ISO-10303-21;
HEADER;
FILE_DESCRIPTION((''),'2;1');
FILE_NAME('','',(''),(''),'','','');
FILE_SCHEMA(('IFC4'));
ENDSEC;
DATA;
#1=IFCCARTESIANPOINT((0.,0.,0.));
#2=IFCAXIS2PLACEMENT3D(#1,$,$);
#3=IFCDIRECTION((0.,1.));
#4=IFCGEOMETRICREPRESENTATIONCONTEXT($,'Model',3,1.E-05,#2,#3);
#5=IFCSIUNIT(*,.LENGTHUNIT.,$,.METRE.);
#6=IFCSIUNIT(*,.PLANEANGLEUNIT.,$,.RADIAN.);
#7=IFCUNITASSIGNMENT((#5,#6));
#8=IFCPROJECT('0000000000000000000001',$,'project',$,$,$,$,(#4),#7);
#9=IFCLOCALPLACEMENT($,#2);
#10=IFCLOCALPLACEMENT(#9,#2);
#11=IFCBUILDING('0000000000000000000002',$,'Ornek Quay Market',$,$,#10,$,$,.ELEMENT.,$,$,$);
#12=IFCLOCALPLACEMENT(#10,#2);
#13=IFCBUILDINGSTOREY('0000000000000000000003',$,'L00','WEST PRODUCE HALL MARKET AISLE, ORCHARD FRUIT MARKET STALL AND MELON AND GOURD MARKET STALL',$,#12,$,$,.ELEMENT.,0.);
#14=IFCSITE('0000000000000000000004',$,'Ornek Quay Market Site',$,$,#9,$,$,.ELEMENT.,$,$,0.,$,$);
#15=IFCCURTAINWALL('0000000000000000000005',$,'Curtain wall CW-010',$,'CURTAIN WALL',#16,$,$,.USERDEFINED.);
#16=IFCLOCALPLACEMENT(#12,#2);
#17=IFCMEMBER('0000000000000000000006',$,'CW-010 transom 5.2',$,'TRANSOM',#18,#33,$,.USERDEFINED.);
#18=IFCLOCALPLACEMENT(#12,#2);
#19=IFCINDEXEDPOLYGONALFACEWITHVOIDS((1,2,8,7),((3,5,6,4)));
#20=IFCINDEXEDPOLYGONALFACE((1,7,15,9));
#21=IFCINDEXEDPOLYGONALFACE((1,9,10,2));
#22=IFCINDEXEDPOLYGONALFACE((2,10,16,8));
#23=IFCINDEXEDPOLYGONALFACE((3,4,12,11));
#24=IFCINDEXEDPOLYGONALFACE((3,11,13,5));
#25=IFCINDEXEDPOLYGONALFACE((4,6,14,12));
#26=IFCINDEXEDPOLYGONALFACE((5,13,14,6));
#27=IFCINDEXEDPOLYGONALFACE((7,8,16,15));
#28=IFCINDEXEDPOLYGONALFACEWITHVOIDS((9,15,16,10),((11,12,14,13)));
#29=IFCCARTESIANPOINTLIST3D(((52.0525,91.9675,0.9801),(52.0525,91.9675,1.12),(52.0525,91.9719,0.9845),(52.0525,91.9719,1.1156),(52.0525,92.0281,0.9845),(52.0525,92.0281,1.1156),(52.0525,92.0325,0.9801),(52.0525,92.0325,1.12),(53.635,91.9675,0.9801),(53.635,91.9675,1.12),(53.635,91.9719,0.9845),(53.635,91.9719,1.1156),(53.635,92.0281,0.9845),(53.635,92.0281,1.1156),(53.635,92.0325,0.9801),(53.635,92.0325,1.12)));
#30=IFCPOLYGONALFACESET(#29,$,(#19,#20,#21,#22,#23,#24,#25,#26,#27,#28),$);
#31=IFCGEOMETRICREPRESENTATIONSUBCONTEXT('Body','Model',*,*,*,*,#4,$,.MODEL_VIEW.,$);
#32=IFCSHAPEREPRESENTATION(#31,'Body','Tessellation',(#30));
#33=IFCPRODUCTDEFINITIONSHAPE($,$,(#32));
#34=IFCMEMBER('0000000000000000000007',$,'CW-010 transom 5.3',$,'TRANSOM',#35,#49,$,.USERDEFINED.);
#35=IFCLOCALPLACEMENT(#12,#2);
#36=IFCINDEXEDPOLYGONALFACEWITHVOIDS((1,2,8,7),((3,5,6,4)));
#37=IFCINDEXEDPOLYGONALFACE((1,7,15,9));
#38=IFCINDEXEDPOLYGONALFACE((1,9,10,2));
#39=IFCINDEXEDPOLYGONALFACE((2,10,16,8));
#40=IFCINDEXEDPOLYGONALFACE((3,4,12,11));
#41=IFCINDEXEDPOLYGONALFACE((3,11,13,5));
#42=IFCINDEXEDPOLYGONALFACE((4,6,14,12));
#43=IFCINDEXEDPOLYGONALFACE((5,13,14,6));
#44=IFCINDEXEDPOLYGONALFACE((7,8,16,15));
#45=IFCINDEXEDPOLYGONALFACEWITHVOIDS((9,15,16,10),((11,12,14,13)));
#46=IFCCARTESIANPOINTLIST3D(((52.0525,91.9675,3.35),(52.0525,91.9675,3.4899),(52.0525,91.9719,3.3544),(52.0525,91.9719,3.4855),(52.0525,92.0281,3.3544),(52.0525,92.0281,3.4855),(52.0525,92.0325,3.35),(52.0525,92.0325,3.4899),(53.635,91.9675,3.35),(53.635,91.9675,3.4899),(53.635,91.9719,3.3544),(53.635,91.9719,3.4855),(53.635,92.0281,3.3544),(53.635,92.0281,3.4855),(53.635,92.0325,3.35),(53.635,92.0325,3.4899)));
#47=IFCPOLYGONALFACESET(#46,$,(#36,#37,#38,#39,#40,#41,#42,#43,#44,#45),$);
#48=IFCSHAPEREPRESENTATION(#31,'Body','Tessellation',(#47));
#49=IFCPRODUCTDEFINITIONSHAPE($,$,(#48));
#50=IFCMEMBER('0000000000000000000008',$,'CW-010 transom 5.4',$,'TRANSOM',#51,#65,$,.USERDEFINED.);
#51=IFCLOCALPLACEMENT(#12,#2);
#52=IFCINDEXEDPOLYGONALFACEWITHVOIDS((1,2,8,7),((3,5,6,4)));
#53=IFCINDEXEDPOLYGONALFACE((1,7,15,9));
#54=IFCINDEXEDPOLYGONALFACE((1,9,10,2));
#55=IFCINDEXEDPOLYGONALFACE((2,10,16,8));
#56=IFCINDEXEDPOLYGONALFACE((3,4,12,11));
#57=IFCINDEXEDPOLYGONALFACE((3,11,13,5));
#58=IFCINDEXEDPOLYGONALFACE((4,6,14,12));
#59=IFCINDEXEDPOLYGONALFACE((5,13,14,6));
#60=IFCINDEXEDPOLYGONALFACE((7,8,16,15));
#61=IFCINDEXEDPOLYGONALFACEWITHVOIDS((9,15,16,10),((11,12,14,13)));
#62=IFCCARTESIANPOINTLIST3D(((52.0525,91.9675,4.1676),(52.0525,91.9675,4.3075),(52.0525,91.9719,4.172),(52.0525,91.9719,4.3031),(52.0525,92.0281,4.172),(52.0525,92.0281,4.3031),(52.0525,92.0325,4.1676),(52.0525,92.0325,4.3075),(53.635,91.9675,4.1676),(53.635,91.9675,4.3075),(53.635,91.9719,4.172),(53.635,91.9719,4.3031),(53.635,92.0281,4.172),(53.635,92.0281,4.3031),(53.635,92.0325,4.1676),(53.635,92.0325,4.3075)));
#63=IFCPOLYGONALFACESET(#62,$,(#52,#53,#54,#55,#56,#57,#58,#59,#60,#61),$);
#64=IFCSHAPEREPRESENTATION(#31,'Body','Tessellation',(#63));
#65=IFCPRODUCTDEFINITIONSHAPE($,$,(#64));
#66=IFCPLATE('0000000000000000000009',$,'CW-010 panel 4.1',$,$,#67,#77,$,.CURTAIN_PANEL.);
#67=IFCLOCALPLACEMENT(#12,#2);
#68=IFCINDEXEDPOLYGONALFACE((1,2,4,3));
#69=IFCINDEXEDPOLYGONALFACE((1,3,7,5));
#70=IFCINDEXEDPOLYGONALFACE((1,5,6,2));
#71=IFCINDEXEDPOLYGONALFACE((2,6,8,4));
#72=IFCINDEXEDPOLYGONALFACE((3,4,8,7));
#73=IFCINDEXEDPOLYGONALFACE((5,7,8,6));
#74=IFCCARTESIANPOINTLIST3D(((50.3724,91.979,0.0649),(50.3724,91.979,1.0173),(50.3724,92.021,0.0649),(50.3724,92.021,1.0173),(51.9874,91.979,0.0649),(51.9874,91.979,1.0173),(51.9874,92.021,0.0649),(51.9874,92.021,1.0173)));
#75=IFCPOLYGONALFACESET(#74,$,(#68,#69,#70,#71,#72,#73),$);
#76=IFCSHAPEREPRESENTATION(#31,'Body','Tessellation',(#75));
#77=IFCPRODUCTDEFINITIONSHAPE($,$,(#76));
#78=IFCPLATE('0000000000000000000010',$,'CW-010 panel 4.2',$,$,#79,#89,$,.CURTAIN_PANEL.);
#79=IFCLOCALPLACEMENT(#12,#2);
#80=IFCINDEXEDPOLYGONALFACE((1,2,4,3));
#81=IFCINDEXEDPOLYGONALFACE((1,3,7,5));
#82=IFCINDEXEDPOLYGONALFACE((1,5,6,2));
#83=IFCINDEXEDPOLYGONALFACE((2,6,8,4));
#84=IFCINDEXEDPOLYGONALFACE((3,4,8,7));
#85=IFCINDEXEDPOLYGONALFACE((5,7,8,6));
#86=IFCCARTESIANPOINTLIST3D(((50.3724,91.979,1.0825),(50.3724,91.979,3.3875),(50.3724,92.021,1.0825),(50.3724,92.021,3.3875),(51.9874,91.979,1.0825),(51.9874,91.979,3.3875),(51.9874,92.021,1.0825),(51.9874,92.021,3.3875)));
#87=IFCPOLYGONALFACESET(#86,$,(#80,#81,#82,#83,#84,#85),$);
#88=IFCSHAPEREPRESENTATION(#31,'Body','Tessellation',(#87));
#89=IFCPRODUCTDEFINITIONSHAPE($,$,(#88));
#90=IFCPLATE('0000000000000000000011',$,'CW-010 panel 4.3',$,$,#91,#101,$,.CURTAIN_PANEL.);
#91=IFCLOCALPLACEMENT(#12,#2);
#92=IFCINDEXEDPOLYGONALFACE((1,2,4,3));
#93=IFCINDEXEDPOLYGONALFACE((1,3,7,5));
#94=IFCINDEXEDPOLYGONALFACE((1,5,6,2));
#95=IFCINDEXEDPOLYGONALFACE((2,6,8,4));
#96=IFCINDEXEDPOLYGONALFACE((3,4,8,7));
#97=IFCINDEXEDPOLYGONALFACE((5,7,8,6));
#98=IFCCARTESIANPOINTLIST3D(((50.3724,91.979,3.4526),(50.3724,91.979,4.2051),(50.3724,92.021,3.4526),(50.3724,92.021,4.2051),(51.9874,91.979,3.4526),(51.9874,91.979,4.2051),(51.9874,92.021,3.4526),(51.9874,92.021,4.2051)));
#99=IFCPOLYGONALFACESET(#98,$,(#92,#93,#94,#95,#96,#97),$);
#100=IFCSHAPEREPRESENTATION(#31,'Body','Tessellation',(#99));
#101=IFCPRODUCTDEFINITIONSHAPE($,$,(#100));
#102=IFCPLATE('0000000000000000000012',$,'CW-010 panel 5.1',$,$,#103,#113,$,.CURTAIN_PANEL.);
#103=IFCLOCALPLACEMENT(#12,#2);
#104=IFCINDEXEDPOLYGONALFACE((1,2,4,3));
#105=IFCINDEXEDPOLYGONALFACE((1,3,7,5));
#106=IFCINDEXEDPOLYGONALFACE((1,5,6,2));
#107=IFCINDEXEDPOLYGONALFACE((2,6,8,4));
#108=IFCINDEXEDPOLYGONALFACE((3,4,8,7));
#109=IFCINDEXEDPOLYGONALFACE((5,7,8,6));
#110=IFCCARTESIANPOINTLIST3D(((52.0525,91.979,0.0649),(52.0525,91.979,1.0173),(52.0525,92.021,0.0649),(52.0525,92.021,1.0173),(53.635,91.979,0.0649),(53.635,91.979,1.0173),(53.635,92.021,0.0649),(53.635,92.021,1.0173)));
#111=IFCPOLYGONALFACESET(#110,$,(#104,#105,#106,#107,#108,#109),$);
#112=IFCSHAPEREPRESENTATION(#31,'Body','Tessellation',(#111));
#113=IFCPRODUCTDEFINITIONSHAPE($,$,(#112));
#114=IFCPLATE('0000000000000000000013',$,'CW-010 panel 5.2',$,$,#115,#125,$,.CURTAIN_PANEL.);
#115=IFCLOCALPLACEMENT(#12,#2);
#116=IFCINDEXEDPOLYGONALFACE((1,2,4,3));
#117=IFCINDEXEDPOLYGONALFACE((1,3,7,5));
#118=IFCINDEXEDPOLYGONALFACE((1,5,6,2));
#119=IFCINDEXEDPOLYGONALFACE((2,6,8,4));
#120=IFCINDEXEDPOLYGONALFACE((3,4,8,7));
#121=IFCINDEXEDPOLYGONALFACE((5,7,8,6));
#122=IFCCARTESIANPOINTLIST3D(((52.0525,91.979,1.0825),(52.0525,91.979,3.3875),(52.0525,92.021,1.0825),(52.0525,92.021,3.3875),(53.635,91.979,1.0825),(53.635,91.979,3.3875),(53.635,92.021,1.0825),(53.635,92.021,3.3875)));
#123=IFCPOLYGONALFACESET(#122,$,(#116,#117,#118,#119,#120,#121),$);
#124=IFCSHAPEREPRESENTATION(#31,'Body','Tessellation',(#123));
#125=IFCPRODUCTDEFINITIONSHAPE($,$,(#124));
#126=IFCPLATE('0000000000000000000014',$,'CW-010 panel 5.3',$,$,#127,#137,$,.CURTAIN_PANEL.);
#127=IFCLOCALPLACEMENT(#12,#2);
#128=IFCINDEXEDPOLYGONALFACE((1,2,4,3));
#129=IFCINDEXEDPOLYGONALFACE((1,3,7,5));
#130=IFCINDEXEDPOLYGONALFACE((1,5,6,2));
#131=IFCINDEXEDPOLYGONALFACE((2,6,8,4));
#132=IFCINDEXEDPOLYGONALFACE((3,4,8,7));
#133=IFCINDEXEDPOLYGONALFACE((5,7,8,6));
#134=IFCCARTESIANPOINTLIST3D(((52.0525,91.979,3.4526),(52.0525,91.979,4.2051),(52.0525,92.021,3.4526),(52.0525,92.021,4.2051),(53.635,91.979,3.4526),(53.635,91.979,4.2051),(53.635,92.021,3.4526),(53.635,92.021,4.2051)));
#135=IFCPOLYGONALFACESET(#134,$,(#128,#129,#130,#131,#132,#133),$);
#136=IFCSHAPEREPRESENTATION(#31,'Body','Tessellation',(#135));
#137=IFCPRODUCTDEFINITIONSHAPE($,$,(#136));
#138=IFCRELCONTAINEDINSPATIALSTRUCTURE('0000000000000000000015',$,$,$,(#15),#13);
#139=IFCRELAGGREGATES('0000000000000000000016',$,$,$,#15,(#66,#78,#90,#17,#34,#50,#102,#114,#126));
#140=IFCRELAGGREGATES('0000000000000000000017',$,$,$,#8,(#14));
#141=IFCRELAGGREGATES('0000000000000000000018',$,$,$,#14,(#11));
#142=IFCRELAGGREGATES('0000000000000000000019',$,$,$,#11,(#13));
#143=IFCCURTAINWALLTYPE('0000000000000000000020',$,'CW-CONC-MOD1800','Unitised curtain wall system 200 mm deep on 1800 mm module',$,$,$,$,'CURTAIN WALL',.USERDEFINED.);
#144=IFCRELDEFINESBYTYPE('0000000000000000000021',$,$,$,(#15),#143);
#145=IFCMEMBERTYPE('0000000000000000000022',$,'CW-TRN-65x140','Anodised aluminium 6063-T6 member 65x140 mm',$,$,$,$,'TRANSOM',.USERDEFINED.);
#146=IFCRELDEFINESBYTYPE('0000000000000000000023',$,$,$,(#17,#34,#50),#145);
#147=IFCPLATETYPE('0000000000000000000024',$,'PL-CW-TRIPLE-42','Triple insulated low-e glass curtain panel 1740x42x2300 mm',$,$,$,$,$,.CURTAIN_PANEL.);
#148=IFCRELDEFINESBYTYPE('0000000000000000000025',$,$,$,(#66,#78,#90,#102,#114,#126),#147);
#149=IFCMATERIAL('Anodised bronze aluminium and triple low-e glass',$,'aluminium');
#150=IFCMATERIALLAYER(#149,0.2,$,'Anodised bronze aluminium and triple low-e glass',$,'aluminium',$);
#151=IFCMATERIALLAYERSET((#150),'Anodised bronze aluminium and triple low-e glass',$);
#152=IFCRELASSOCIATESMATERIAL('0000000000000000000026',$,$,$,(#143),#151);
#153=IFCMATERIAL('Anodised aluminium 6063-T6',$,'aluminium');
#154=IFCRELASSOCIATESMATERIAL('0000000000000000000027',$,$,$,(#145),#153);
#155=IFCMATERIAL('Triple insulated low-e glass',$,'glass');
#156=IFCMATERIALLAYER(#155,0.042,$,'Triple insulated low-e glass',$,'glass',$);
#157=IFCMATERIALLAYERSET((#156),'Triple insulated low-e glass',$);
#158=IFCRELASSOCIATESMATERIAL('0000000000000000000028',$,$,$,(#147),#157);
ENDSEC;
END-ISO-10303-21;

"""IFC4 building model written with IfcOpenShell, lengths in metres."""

from ifc_helpers import new_model, si_unit, direction, frame, origin, origin_2d, place, context, subcontext, project, spatial, rectangle, hollow_rectangle, extrude, material, layer, layer_set, material_profile, profile_set, type_object, element, aggregate, save


model = new_model("IFC4")

# Units and contexts
model_context = context("Model", 3, precision=1e-05, world=origin(), true_north=direction((0.0, 1.0)))
body_context = subcontext(model_context, "Body", "Model", "MODEL_VIEW")
ifc_project = project(units=[si_unit("LENGTHUNIT", "METRE"), si_unit("PLANEANGLEUNIT", "RADIAN")], contexts=[model_context])

# Site, building, storey
site_placement = place(None, origin())
site = spatial("IfcSite", under=ifc_project, at=site_placement, Name="Ornek Quay Market Site", CompositionType="ELEMENT", RefElevation=0.0)
building_placement = place(site_placement, origin())
building = spatial("IfcBuilding", under=site, at=building_placement, Name="Ornek Quay Market", CompositionType="ELEMENT")
storey_placement = place(building_placement, origin())
storey = spatial("IfcBuildingStorey", under=building, at=storey_placement, Name="L00", Description="WEST PRODUCE HALL MARKET AISLE, ORCHARD FRUIT MARKET STALL AND MELON AND GOURD MARKET STALL", CompositionType="ELEMENT", Elevation=0.0)

# Curtain wall, members, plates
ifc_material_1 = material(Name="Anodised bronze aluminium and triple low-e glass", Category="aluminium")
ifc_layer_1 = layer(ifc_material_1, 0.2, Name="Anodised bronze aluminium and triple low-e glass", Category="aluminium")
ifc_layer_set_1 = layer_set([ifc_layer_1], Name="Anodised bronze aluminium and triple low-e glass")
curtain_wall_type = type_object("IfcCurtainWallType", Name="CW-CONC-MOD1800", Description="Unitised curtain wall system 200 mm deep on 1800 mm module", ElementType="CURTAIN WALL", PredefinedType="USERDEFINED", material=ifc_layer_set_1)
curtain_wall_placement = place(storey_placement, origin())
curtain_wall = element("IfcCurtainWall", 1, at=curtain_wall_placement, inside=storey, type_object=curtain_wall_type, Name="Curtain wall CW-010", ObjectType="CURTAIN WALL", PredefinedType="USERDEFINED")
ifc_material_2 = material(Name="Anodised aluminium 6063-T6", Category="aluminium")
ifc_material_profile_1 = material_profile(ifc_material_2, hollow_rectangle(XDim=0.0649, YDim=0.1399, WallThickness=0.0044, at=origin_2d()), Name="CW-TRN-65x140", Category="aluminium")
ifc_profile_set_1 = profile_set([ifc_material_profile_1], Name="Anodised aluminium 6063-T6")
member_type_1 = type_object("IfcMemberType", Name="CW-TRN-65x140", Description="Anodised aluminium 6063-T6 member 65x140 mm", ElementType="TRANSOM", PredefinedType="USERDEFINED", material=ifc_profile_set_1)
member_1_placement = place(storey_placement, frame((52.0525, 92.0, 1.05), z_axis=(1.0, 0.0, 0.0), x_axis=(0.0, 1.0, 0.0)))
member_1 = element("IfcMember", 2, at=member_1_placement, type_object=member_type_1, Name="CW-010 transom 5.2", ObjectType="TRANSOM", PredefinedType="USERDEFINED", context=body_context, shape_type="SweptSolid", body=[
    extrude(hollow_rectangle(XDim=0.0649, YDim=0.1399, WallThickness=0.0044, at=origin_2d()), origin(), (0.0, 0.0, 1.0), 1.5825),
])
member_2_placement = place(storey_placement, frame((52.0525, 92.0, 3.4199), z_axis=(1.0, 0.0, 0.0), x_axis=(0.0, 1.0, 0.0)))
member_2 = element("IfcMember", 3, at=member_2_placement, type_object=member_type_1, Name="CW-010 transom 5.3", ObjectType="TRANSOM", PredefinedType="USERDEFINED", context=body_context, shape_type="SweptSolid", body=[
    extrude(hollow_rectangle(XDim=0.0649, YDim=0.1399, WallThickness=0.0044, at=origin_2d()), origin(), (0.0, 0.0, 1.0), 1.5825),
])
member_3_placement = place(storey_placement, frame((52.0525, 92.0, 4.2375), z_axis=(1.0, 0.0, 0.0), x_axis=(0.0, 1.0, 0.0)))
member_3 = element("IfcMember", 4, at=member_3_placement, type_object=member_type_1, Name="CW-010 transom 5.4", ObjectType="TRANSOM", PredefinedType="USERDEFINED", context=body_context, shape_type="SweptSolid", body=[
    extrude(hollow_rectangle(XDim=0.0649, YDim=0.1399, WallThickness=0.0044, at=origin_2d()), origin(), (0.0, 0.0, 1.0), 1.5825),
])
ifc_material_3 = material(Name="Triple insulated low-e glass", Category="glass")
ifc_layer_2 = layer(ifc_material_3, 0.042, Name="Triple insulated low-e glass", Category="glass")
ifc_layer_set_2 = layer_set([ifc_layer_2], Name="Triple insulated low-e glass")
plate_type = type_object("IfcPlateType", Name="PL-CW-TRIPLE-42", Description="Triple insulated low-e glass curtain panel 1740x42x2300 mm", PredefinedType="CURTAIN_PANEL", material=ifc_layer_set_2)
plate_1_placement = place(storey_placement, frame((51.1799, 92.0, 0.0649), z_axis=(0.0, 0.0, 1.0), x_axis=(1.0, 0.0, 0.0)))
plate_1 = element("IfcPlate", 5, at=plate_1_placement, type_object=plate_type, Name="CW-010 panel 4.1", PredefinedType="CURTAIN_PANEL", context=body_context, shape_type="SweptSolid", body=[
    extrude(rectangle(XDim=1.615, YDim=0.042, at=origin_2d()), origin(), (0.0, 0.0, 1.0), 0.9524),
])
plate_2_placement = place(storey_placement, frame((51.1799, 92.0, 1.0825), z_axis=(0.0, 0.0, 1.0), x_axis=(1.0, 0.0, 0.0)))
plate_2 = element("IfcPlate", 6, at=plate_2_placement, type_object=plate_type, Name="CW-010 panel 4.2", PredefinedType="CURTAIN_PANEL", context=body_context, shape_type="SweptSolid", body=[
    extrude(rectangle(XDim=1.615, YDim=0.042, at=origin_2d()), origin(), (0.0, 0.0, 1.0), 2.3049),
])
plate_3_placement = place(storey_placement, frame((51.1799, 92.0, 3.4526), z_axis=(0.0, 0.0, 1.0), x_axis=(1.0, 0.0, 0.0)))
plate_3 = element("IfcPlate", 7, at=plate_3_placement, type_object=plate_type, Name="CW-010 panel 4.3", PredefinedType="CURTAIN_PANEL", context=body_context, shape_type="SweptSolid", body=[
    extrude(rectangle(XDim=1.615, YDim=0.042, at=origin_2d()), origin(), (0.0, 0.0, 1.0), 0.7524),
])
plate_4_placement = place(storey_placement, frame((52.8438, 92.0, 0.0649), z_axis=(0.0, 0.0, 1.0), x_axis=(1.0, 0.0, 0.0)))
plate_4 = element("IfcPlate", 8, at=plate_4_placement, type_object=plate_type, Name="CW-010 panel 5.1", PredefinedType="CURTAIN_PANEL", context=body_context, shape_type="SweptSolid", body=[
    extrude(rectangle(XDim=1.5825, YDim=0.042, at=origin_2d()), origin(), (0.0, 0.0, 1.0), 0.9524),
])
plate_5_placement = place(storey_placement, frame((52.8438, 92.0, 1.0825), z_axis=(0.0, 0.0, 1.0), x_axis=(1.0, 0.0, 0.0)))
plate_5 = element("IfcPlate", 9, at=plate_5_placement, type_object=plate_type, Name="CW-010 panel 5.2", PredefinedType="CURTAIN_PANEL", context=body_context, shape_type="SweptSolid", body=[
    extrude(rectangle(XDim=1.5825, YDim=0.042, at=origin_2d()), origin(), (0.0, 0.0, 1.0), 2.3049),
])
plate_6_placement = place(storey_placement, frame((52.8438, 92.0, 3.4526), z_axis=(0.0, 0.0, 1.0), x_axis=(1.0, 0.0, 0.0)))
plate_6 = element("IfcPlate", 10, at=plate_6_placement, type_object=plate_type, Name="CW-010 panel 5.3", PredefinedType="CURTAIN_PANEL", context=body_context, shape_type="SweptSolid", body=[
    extrude(rectangle(XDim=1.5825, YDim=0.042, at=origin_2d()), origin(), (0.0, 0.0, 1.0), 0.7524),
])
aggregate(curtain_wall, [plate_1, plate_2, plate_3, member_1, member_2, member_3, plate_4, plate_5, plate_6])

save(model, "model.ifc")
